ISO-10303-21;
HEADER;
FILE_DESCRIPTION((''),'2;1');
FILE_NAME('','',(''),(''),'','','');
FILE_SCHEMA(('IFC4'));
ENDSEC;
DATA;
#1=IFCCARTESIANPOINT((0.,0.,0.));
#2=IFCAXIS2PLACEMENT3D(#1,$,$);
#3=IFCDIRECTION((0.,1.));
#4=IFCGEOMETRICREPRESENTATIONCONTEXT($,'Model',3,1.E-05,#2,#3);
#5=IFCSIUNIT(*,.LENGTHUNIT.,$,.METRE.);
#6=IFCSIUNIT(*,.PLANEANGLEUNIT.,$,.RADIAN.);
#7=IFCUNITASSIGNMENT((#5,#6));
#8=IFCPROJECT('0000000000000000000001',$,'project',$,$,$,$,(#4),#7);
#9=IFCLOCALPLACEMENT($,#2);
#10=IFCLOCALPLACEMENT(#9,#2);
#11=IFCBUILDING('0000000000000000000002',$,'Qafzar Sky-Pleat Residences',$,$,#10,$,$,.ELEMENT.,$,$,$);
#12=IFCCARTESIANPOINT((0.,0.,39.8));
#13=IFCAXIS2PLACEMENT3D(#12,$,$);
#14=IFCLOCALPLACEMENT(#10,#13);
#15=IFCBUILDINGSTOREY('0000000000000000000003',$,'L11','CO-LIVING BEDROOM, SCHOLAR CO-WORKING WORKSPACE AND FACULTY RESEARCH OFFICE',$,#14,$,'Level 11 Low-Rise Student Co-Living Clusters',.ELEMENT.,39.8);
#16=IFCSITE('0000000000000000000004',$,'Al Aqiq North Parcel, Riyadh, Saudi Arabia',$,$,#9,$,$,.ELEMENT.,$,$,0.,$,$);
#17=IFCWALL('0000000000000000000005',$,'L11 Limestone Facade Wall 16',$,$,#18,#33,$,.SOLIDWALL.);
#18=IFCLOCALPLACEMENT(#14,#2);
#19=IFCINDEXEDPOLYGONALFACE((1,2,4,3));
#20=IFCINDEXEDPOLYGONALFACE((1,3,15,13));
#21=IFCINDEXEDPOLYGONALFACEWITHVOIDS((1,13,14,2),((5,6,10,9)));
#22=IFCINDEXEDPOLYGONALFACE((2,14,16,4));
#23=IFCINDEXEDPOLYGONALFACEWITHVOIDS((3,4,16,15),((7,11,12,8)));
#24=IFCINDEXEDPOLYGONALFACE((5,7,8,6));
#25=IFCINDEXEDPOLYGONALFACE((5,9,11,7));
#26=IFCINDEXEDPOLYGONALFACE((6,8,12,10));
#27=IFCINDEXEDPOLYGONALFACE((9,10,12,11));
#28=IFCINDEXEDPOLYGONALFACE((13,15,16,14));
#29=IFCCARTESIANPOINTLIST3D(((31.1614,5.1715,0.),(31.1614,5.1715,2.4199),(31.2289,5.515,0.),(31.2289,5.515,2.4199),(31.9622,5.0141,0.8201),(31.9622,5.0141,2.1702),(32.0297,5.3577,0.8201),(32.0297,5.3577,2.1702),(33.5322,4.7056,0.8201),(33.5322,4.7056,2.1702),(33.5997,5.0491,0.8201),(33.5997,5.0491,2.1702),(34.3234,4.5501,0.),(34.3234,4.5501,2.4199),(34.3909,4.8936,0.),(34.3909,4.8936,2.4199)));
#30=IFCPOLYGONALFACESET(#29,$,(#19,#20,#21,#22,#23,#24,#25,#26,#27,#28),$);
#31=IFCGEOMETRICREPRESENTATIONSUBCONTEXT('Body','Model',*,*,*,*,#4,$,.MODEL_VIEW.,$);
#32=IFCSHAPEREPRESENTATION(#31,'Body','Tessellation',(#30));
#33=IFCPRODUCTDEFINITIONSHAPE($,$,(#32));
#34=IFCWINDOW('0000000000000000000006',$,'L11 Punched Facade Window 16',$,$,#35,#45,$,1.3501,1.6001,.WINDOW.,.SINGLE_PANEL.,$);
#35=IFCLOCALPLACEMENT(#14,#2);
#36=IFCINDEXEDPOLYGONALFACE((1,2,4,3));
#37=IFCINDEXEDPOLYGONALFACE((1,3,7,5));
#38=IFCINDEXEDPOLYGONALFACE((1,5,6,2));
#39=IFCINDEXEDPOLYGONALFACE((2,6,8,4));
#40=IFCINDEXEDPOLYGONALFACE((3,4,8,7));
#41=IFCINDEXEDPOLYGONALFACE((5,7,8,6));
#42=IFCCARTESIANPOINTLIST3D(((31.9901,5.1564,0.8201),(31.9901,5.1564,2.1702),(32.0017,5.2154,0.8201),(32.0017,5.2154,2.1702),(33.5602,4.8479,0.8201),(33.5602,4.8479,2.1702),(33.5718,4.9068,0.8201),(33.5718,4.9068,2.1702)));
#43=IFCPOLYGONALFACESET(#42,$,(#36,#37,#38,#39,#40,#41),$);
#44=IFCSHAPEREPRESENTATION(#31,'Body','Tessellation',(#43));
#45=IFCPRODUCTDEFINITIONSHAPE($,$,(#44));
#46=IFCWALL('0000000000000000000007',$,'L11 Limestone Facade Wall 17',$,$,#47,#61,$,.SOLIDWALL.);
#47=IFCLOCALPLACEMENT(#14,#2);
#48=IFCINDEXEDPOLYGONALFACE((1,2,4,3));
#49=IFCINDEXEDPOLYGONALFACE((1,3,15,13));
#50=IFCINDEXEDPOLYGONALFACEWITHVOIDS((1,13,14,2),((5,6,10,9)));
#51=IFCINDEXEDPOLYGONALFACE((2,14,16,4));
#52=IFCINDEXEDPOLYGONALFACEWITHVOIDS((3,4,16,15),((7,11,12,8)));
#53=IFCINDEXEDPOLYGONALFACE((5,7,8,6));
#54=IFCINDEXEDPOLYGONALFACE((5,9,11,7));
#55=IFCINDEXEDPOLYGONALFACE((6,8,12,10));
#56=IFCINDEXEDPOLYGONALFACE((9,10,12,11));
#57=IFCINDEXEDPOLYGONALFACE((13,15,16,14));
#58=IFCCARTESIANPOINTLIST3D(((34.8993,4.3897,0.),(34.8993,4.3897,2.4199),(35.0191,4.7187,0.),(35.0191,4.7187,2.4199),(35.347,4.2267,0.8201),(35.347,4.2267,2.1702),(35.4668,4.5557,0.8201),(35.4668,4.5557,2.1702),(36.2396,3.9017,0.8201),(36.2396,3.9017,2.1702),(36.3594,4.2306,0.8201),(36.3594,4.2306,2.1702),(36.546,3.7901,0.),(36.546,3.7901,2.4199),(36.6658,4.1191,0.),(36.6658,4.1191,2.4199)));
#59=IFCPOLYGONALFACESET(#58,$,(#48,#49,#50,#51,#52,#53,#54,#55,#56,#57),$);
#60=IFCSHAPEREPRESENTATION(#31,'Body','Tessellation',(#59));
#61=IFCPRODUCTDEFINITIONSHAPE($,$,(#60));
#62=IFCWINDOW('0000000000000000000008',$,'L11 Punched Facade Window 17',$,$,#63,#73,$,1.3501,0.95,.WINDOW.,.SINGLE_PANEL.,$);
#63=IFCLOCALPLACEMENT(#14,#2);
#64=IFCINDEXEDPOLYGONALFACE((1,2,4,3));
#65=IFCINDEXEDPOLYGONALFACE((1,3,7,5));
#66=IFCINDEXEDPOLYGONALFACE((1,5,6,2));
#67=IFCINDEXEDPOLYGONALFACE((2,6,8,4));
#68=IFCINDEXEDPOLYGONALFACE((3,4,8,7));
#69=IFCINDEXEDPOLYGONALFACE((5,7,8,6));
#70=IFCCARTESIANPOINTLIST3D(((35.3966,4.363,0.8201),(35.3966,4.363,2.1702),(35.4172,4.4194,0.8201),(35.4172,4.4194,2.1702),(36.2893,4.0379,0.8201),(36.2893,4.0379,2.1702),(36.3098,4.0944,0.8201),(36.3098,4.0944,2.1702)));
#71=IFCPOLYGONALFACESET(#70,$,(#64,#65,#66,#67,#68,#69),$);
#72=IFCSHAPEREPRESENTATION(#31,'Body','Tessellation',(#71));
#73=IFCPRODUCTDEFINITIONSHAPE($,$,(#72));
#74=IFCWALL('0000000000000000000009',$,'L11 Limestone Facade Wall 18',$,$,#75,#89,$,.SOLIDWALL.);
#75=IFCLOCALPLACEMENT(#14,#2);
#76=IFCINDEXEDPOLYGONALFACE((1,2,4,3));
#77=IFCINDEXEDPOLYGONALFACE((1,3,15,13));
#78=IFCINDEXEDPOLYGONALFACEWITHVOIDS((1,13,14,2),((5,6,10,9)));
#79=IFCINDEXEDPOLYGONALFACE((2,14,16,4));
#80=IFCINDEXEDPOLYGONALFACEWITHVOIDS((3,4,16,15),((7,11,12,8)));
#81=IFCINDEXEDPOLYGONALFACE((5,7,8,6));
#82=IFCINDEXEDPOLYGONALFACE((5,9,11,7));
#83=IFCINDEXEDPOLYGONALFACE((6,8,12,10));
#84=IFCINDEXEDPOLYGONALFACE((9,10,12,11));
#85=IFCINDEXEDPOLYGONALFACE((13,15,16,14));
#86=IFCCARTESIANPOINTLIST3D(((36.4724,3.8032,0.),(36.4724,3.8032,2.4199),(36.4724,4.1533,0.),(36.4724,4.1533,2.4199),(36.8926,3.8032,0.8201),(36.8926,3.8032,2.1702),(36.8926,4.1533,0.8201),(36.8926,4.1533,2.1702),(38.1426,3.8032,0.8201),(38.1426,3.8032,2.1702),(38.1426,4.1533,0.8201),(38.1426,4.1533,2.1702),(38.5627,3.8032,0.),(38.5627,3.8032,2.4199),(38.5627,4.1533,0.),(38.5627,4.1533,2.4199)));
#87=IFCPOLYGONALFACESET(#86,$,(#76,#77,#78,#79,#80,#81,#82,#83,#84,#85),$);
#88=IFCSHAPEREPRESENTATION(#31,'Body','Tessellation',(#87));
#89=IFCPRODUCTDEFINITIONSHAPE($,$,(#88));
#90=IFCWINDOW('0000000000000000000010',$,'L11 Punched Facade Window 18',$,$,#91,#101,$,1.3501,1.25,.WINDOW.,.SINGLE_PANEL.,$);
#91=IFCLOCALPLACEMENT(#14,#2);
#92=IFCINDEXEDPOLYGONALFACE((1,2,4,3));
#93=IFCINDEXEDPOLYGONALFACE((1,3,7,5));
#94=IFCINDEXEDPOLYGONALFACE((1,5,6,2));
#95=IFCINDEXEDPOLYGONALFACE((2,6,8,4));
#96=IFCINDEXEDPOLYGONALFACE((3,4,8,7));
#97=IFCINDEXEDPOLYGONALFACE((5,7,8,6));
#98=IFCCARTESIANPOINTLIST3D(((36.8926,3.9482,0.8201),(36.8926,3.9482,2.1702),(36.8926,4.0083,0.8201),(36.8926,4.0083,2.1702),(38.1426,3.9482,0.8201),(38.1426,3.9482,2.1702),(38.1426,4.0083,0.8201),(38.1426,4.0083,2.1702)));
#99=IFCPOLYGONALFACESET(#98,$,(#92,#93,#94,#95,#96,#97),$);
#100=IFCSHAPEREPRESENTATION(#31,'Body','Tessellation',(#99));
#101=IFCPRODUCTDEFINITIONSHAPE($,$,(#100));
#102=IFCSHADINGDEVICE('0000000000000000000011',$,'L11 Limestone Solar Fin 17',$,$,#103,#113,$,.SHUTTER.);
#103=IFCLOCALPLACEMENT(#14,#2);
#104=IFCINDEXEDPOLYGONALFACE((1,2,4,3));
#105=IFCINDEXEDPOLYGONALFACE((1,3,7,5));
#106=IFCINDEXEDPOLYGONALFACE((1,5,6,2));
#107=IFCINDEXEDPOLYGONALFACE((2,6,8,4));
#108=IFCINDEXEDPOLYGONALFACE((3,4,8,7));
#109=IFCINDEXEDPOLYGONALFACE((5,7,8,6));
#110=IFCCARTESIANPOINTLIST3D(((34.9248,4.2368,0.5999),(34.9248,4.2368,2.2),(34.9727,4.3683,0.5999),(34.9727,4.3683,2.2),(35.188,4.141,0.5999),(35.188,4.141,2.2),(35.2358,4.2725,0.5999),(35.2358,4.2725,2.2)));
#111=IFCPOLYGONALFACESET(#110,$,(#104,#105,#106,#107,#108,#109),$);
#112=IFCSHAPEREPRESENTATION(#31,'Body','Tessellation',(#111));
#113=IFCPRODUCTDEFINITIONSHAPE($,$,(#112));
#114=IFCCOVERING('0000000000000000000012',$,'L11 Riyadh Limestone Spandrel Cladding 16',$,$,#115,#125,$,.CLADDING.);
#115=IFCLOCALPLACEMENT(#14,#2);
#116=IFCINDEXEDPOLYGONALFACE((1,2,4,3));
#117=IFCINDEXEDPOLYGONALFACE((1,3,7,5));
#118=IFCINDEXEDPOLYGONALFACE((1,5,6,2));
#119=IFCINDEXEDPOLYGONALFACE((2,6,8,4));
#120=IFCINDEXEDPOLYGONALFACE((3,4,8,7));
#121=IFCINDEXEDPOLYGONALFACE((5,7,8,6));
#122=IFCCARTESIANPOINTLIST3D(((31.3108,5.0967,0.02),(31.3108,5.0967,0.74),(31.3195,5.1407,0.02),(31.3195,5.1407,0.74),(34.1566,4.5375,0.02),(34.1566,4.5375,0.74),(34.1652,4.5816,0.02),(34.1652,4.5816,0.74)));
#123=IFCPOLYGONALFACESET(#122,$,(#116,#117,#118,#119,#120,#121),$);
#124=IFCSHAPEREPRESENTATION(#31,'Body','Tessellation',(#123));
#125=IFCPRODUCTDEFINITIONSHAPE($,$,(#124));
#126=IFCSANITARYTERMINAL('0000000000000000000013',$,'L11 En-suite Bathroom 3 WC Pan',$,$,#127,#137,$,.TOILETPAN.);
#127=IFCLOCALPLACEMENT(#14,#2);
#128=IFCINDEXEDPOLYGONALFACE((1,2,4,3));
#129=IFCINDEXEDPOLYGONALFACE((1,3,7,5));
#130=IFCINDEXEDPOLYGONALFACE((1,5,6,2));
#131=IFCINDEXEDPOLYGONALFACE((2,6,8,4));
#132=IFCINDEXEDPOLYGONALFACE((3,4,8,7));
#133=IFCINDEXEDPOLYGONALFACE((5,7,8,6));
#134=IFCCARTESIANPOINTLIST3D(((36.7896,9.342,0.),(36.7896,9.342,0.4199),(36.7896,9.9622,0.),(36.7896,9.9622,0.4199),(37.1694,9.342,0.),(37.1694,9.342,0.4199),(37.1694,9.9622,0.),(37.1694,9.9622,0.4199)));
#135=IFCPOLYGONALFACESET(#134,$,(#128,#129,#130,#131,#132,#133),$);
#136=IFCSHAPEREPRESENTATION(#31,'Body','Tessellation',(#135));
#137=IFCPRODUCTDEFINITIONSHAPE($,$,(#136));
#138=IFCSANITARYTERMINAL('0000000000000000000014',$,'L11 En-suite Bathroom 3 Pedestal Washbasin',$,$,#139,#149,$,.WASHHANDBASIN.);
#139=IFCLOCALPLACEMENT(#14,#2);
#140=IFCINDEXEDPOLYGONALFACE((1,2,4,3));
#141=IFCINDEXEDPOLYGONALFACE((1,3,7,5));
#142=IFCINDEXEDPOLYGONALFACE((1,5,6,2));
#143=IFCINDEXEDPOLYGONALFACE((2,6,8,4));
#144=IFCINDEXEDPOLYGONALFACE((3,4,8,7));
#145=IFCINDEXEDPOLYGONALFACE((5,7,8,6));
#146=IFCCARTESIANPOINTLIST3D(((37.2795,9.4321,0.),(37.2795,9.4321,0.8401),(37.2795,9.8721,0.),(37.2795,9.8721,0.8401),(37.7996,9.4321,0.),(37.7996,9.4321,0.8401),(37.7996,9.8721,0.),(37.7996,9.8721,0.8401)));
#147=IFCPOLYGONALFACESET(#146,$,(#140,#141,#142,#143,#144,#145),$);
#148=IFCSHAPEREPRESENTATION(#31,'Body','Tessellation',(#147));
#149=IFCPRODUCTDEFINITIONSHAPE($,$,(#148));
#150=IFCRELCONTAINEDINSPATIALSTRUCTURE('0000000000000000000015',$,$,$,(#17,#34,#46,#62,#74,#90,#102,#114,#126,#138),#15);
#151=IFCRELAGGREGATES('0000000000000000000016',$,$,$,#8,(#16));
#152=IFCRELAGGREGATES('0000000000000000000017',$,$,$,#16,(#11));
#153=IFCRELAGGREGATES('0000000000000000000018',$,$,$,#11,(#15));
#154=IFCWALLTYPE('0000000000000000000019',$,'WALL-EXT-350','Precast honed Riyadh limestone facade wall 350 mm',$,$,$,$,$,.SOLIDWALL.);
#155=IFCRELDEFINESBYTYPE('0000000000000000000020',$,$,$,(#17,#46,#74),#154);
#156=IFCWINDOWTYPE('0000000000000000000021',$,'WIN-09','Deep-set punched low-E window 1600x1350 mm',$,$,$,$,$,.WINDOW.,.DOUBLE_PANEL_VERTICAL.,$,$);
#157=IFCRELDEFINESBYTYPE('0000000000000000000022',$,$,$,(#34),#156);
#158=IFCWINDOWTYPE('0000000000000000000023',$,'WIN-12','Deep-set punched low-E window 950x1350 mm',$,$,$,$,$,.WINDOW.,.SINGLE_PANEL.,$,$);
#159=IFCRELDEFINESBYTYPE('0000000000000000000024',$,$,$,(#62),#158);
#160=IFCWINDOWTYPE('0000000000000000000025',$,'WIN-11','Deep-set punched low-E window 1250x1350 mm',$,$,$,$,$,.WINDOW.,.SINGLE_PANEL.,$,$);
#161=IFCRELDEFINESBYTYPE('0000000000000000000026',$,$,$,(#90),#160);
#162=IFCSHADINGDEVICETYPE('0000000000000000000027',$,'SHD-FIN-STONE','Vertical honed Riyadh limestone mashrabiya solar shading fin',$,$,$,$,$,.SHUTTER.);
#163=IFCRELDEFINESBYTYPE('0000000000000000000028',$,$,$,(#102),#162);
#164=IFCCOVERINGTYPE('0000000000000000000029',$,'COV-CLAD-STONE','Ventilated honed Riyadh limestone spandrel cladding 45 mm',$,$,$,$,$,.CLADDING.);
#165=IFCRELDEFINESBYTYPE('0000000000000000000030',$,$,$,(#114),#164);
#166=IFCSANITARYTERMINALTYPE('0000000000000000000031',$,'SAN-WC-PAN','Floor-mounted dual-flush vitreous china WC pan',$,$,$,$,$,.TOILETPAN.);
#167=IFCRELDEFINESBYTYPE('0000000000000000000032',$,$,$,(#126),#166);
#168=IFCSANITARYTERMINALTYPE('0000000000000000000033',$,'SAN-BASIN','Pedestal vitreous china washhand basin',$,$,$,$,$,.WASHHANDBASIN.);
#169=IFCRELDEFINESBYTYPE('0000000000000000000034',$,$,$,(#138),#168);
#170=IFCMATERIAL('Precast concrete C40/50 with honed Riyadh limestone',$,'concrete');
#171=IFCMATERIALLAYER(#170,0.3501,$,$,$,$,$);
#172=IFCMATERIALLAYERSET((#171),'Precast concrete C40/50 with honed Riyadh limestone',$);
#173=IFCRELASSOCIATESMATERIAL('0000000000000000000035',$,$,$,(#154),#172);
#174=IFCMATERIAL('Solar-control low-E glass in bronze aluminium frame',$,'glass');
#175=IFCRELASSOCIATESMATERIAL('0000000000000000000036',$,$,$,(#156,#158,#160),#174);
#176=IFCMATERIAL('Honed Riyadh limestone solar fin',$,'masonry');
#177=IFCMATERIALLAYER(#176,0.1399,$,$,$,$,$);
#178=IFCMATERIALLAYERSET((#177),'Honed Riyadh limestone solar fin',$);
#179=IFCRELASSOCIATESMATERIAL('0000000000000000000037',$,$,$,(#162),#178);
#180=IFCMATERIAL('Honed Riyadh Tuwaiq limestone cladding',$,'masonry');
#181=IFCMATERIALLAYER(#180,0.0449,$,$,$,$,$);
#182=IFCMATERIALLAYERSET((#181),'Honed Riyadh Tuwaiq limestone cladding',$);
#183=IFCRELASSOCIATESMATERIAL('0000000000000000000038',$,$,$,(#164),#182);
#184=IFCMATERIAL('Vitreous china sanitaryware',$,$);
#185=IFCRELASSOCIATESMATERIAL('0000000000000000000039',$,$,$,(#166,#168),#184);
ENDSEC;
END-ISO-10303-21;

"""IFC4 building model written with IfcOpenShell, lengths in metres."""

from ifc_helpers import new_model, si_unit, direction, frame, frame_2d, origin, origin_2d, place, context, subcontext, project, spatial, rectangle, extrude, source, transform, mapped, material, layer, layer_set, type_object, element, fill, save


model = new_model("IFC4")

# Units and contexts
model_context = context("Model", 3, precision=1e-05, world=origin(), true_north=direction((0.0, 1.0)))
body_context = subcontext(model_context, "Body", "Model", "MODEL_VIEW")
ifc_project = project(units=[si_unit("LENGTHUNIT", "METRE"), si_unit("PLANEANGLEUNIT", "RADIAN")], contexts=[model_context])

# Site, building, storey
site_placement = place(None, origin())
site = spatial("IfcSite", under=ifc_project, at=site_placement, Name="Al Aqiq North Parcel, Riyadh, Saudi Arabia", CompositionType="ELEMENT", RefElevation=0.0)
building_placement = place(site_placement, origin())
building = spatial("IfcBuilding", under=site, at=building_placement, Name="Qafzar Sky-Pleat Residences", CompositionType="ELEMENT")
storey_placement = place(building_placement, frame((0.0, 0.0, 39.8)))
storey = spatial("IfcBuildingStorey", under=building, at=storey_placement, Name="L11", Description="CO-LIVING BEDROOM, SCHOLAR CO-WORKING WORKSPACE AND FACULTY RESEARCH OFFICE", LongName="Level 11 Low-Rise Student Co-Living Clusters", CompositionType="ELEMENT", Elevation=39.8)

# Walls, openings, windows
ifc_material_1 = material(Name="Precast concrete C40/50 with honed Riyadh limestone", Category="concrete")
ifc_layer_1 = layer(ifc_material_1, 0.3501)
ifc_layer_set_1 = layer_set([ifc_layer_1], Name="Precast concrete C40/50 with honed Riyadh limestone")
wall_type_1 = type_object("IfcWallType", Name="WALL-EXT-350", Description="Precast honed Riyadh limestone facade wall 350 mm", PredefinedType="SOLIDWALL", material=ifc_layer_set_1)
wall_1_placement = place(storey_placement, frame((31.1951, 5.3433, 0.0), z_axis=(0.0, 0.0, 1.0), x_axis=(0.981234, -0.192822, 0.0)))
wall_1 = element("IfcWall", 1, at=wall_1_placement, inside=storey, type_object=wall_type_1, Name="L11 Limestone Facade Wall 16", PredefinedType="SOLIDWALL", context=body_context, shape_type="SweptSolid", body=[
    extrude(rectangle(XDim=3.2224, YDim=0.3501, at=frame_2d((1.6113, 0.0))), origin(), (0.0, 0.0, 1.0), 2.4199),
])
opening_1_placement = place(wall_1_placement, frame((0.8162, 0.0, 0.8201)))
opening_1 = element("IfcOpeningElement", 2, at=opening_1_placement, cuts=wall_1, PredefinedType="OPENING", context=body_context, shape_type="SweptSolid", body=[
    extrude(rectangle(XDim=1.6001, YDim=1.3501, at=frame_2d((0.8, 0.675))), frame((0.0, 0.1851, 0.0), z_axis=(0.0, -1.0, 0.0), x_axis=(1.0, 0.0, 0.0)), (0.0, 0.0, 1.0), 0.3701),
])
ifc_material_2 = material(Name="Solar-control low-E glass in bronze aluminium frame", Category="glass")
window_type_1 = type_object("IfcWindowType", Name="WIN-09", Description="Deep-set punched low-E window 1600x1350 mm", PartitioningType="DOUBLE_PANEL_VERTICAL", PredefinedType="WINDOW", material=ifc_material_2)
shared_shape_1 = source(origin(), body_context, "Body", "SweptSolid", [
    extrude(rectangle(XDim=1.6001, YDim=1.3501, at=frame_2d((0.8, 0.675))), frame((0.0, 0.03, 0.0), z_axis=(0.0, -1.0, 0.0), x_axis=(1.0, 0.0, 0.0)), (0.0, 0.0, 1.0), 0.0601),
])
window_1_placement = place(opening_1_placement, origin())
window_1 = element("IfcWindow", 3, at=window_1_placement, inside=storey, type_object=window_type_1, Name="L11 Punched Facade Window 16", OverallHeight=1.3501, OverallWidth=1.6001, PartitioningType="SINGLE_PANEL", PredefinedType="WINDOW", context=body_context, shape_type="MappedRepresentation", body=[
    mapped(shared_shape_1, transform((0.0, 0.0, 0.0), x_axis=(1.0, 0.0, 0.0), y_axis=(0.0, 1.0, 0.0), z_axis=(0.0, 0.0, 1.0), scale=1.0)),
])
fill(opening_1, window_1)
wall_2_placement = place(storey_placement, frame((34.9592, 4.5542, 0.0), z_axis=(0.0, 0.0, 1.0), x_axis=(0.939647, -0.342146, 0.0)))
wall_2 = element("IfcWall", 4, at=wall_2_placement, inside=storey, type_object=wall_type_1, Name="L11 Limestone Facade Wall 17", PredefinedType="SOLIDWALL", context=body_context, shape_type="SweptSolid", body=[
    extrude(rectangle(XDim=1.7524, YDim=0.3501, at=frame_2d((0.8762, 0.0))), origin(), (0.0, 0.0, 1.0), 2.4199),
])
opening_2_placement = place(wall_2_placement, frame((0.4763, 0.0, 0.8201)))
opening_2 = element("IfcOpeningElement", 5, at=opening_2_placement, cuts=wall_2, PredefinedType="OPENING", context=body_context, shape_type="SweptSolid", body=[
    extrude(rectangle(XDim=0.95, YDim=1.3501, at=frame_2d((0.4751, 0.675))), frame((0.0, 0.1851, 0.0), z_axis=(0.0, -1.0, 0.0), x_axis=(1.0, 0.0, 0.0)), (0.0, 0.0, 1.0), 0.3701),
])
window_type_2 = type_object("IfcWindowType", Name="WIN-12", Description="Deep-set punched low-E window 950x1350 mm", PartitioningType="SINGLE_PANEL", PredefinedType="WINDOW", material=ifc_material_2)
shared_shape_2 = source(origin(), body_context, "Body", "SweptSolid", [
    extrude(rectangle(XDim=0.95, YDim=1.3501, at=frame_2d((0.4751, 0.675))), frame((0.0, 0.03, 0.0), z_axis=(0.0, -1.0, 0.0), x_axis=(1.0, 0.0, 0.0)), (0.0, 0.0, 1.0), 0.0601),
])
window_2_placement = place(opening_2_placement, origin())
window_2 = element("IfcWindow", 6, at=window_2_placement, inside=storey, type_object=window_type_2, Name="L11 Punched Facade Window 17", OverallHeight=1.3501, OverallWidth=0.95, PartitioningType="SINGLE_PANEL", PredefinedType="WINDOW", context=body_context, shape_type="MappedRepresentation", body=[
    mapped(shared_shape_2, transform((0.0, 0.0, 0.0), x_axis=(1.0, 0.0, 0.0), y_axis=(0.0, 1.0, 0.0), z_axis=(0.0, 0.0, 1.0), scale=1.0)),
])
fill(opening_2, window_2)
wall_3_placement = place(storey_placement, frame((36.4724, 3.9783, 0.0), z_axis=(0.0, 0.0, 1.0), x_axis=(1.0, 0.0, 0.0)))
wall_3 = element("IfcWall", 7, at=wall_3_placement, inside=storey, type_object=wall_type_1, Name="L11 Limestone Facade Wall 18", PredefinedType="SOLIDWALL", context=body_context, shape_type="SweptSolid", body=[
    extrude(rectangle(XDim=2.0903, YDim=0.3501, at=frame_2d((1.0452, 0.0))), origin(), (0.0, 0.0, 1.0), 2.4199),
])
opening_3_placement = place(wall_3_placement, frame((0.4202, 0.0, 0.8201)))
opening_3 = element("IfcOpeningElement", 8, at=opening_3_placement, cuts=wall_3, PredefinedType="OPENING", context=body_context, shape_type="SweptSolid", body=[
    extrude(rectangle(XDim=1.25, YDim=1.3501, at=frame_2d((0.625, 0.675))), frame((0.0, 0.1851, 0.0), z_axis=(0.0, -1.0, 0.0), x_axis=(1.0, 0.0, 0.0)), (0.0, 0.0, 1.0), 0.3701),
])
window_type_3 = type_object("IfcWindowType", Name="WIN-11", Description="Deep-set punched low-E window 1250x1350 mm", PartitioningType="SINGLE_PANEL", PredefinedType="WINDOW", material=ifc_material_2)
shared_shape_3 = source(origin(), body_context, "Body", "SweptSolid", [
    extrude(rectangle(XDim=1.25, YDim=1.3501, at=frame_2d((0.625, 0.675))), frame((0.0, 0.03, 0.0), z_axis=(0.0, -1.0, 0.0), x_axis=(1.0, 0.0, 0.0)), (0.0, 0.0, 1.0), 0.0601),
])
window_3_placement = place(opening_3_placement, origin())
window_3 = element("IfcWindow", 9, at=window_3_placement, inside=storey, type_object=window_type_3, Name="L11 Punched Facade Window 18", OverallHeight=1.3501, OverallWidth=1.25, PartitioningType="SINGLE_PANEL", PredefinedType="WINDOW", context=body_context, shape_type="MappedRepresentation", body=[
    mapped(shared_shape_3, transform((0.0, 0.0, 0.0), x_axis=(1.0, 0.0, 0.0), y_axis=(0.0, 1.0, 0.0), z_axis=(0.0, 0.0, 1.0), scale=1.0)),
])
fill(opening_3, window_3)

# Shading device
ifc_material_3 = material(Name="Honed Riyadh limestone solar fin", Category="masonry")
ifc_layer_2 = layer(ifc_material_3, 0.1399)
ifc_layer_set_2 = layer_set([ifc_layer_2], Name="Honed Riyadh limestone solar fin")
shading_device_type = type_object("IfcShadingDeviceType", Name="SHD-FIN-STONE", Description="Vertical honed Riyadh limestone mashrabiya solar shading fin", PredefinedType="SHUTTER", material=ifc_layer_set_2)
shared_shape_4 = source(origin(), body_context, "Body", "SweptSolid", [
    extrude(rectangle(XDim=0.1399, YDim=0.28, at=origin_2d()), origin(), (0.0, 0.0, 1.0), 1.6001),
])
shading_device_placement = place(storey_placement, frame((35.0803, 4.2546, 0.5999), z_axis=(0.0, 0.0, 1.0), x_axis=(-0.342054, -0.93968, 0.0)))
element("IfcShadingDevice", 10, at=shading_device_placement, inside=storey, type_object=shading_device_type, Name="L11 Limestone Solar Fin 17", PredefinedType="SHUTTER", context=body_context, shape_type="MappedRepresentation", body=[
    mapped(shared_shape_4, transform((0.0, 0.0, 0.0), x_axis=(1.0, 0.0, 0.0), y_axis=(0.0, 1.0, 0.0), z_axis=(0.0, 0.0, 1.0), scale=1.0)),
])

# Covering
ifc_material_4 = material(Name="Honed Riyadh Tuwaiq limestone cladding", Category="masonry")
ifc_layer_3 = layer(ifc_material_4, 0.0449)
ifc_layer_set_3 = layer_set([ifc_layer_3], Name="Honed Riyadh Tuwaiq limestone cladding")
covering_type = type_object("IfcCoveringType", Name="COV-CLAD-STONE", Description="Ventilated honed Riyadh limestone spandrel cladding 45 mm", PredefinedType="CLADDING", material=ifc_layer_set_3)
shared_shape_5 = source(origin(), body_context, "Body", "SweptSolid", [
    extrude(rectangle(XDim=2.9001, YDim=0.0449, at=origin_2d()), origin(), (0.0, 0.0, 1.0), 0.72),
])
covering_placement = place(storey_placement, frame((32.738, 4.8391, 0.02), z_axis=(0.0, 0.0, 1.0), x_axis=(0.981236, -0.192809, 0.0)))
element("IfcCovering", 11, at=covering_placement, inside=storey, type_object=covering_type, Name="L11 Riyadh Limestone Spandrel Cladding 16", PredefinedType="CLADDING", context=body_context, shape_type="MappedRepresentation", body=[
    mapped(shared_shape_5, transform((0.0, 0.0, 0.0), x_axis=(1.0, 0.0, 0.0), y_axis=(0.0, 1.0, 0.0), z_axis=(0.0, 0.0, 1.0), scale=1.0)),
])

# Sanitary terminals
ifc_material_5 = material(Name="Vitreous china sanitaryware")
sanitary_terminal_type_1 = type_object("IfcSanitaryTerminalType", Name="SAN-WC-PAN", Description="Floor-mounted dual-flush vitreous china WC pan", PredefinedType="TOILETPAN", material=ifc_material_5)
shared_shape_6 = source(origin(), body_context, "Body", "SweptSolid", [
    extrude(rectangle(XDim=0.3799, YDim=0.6201, at=origin_2d()), origin(), (0.0, 0.0, 1.0), 0.4199),
])
sanitary_terminal_1_placement = place(storey_placement, frame((36.9795, 9.6521, 0.0), z_axis=(0.0, 0.0, 1.0), x_axis=(1.0, 0.0, 0.0)))
element("IfcSanitaryTerminal", 12, at=sanitary_terminal_1_placement, inside=storey, type_object=sanitary_terminal_type_1, Name="L11 En-suite Bathroom 3 WC Pan", PredefinedType="TOILETPAN", context=body_context, shape_type="MappedRepresentation", body=[
    mapped(shared_shape_6, transform((0.0, 0.0, 0.0), x_axis=(1.0, 0.0, 0.0), y_axis=(0.0, 1.0, 0.0), z_axis=(0.0, 0.0, 1.0), scale=1.0)),
])
sanitary_terminal_type_2 = type_object("IfcSanitaryTerminalType", Name="SAN-BASIN", Description="Pedestal vitreous china washhand basin", PredefinedType="WASHHANDBASIN", material=ifc_material_5)
shared_shape_7 = source(origin(), body_context, "Body", "SweptSolid", [
    extrude(rectangle(XDim=0.52, YDim=0.4399, at=origin_2d()), origin(), (0.0, 0.0, 1.0), 0.8401),
])
sanitary_terminal_2_placement = place(storey_placement, frame((37.5396, 9.6521, 0.0), z_axis=(0.0, 0.0, 1.0), x_axis=(1.0, 0.0, 0.0)))
element("IfcSanitaryTerminal", 13, at=sanitary_terminal_2_placement, inside=storey, type_object=sanitary_terminal_type_2, Name="L11 En-suite Bathroom 3 Pedestal Washbasin", PredefinedType="WASHHANDBASIN", context=body_context, shape_type="MappedRepresentation", body=[
    mapped(shared_shape_7, transform((0.0, 0.0, 0.0), x_axis=(1.0, 0.0, 0.0), y_axis=(0.0, 1.0, 0.0), z_axis=(0.0, 0.0, 1.0), scale=1.0)),
])

save(model, "model.ifc")
